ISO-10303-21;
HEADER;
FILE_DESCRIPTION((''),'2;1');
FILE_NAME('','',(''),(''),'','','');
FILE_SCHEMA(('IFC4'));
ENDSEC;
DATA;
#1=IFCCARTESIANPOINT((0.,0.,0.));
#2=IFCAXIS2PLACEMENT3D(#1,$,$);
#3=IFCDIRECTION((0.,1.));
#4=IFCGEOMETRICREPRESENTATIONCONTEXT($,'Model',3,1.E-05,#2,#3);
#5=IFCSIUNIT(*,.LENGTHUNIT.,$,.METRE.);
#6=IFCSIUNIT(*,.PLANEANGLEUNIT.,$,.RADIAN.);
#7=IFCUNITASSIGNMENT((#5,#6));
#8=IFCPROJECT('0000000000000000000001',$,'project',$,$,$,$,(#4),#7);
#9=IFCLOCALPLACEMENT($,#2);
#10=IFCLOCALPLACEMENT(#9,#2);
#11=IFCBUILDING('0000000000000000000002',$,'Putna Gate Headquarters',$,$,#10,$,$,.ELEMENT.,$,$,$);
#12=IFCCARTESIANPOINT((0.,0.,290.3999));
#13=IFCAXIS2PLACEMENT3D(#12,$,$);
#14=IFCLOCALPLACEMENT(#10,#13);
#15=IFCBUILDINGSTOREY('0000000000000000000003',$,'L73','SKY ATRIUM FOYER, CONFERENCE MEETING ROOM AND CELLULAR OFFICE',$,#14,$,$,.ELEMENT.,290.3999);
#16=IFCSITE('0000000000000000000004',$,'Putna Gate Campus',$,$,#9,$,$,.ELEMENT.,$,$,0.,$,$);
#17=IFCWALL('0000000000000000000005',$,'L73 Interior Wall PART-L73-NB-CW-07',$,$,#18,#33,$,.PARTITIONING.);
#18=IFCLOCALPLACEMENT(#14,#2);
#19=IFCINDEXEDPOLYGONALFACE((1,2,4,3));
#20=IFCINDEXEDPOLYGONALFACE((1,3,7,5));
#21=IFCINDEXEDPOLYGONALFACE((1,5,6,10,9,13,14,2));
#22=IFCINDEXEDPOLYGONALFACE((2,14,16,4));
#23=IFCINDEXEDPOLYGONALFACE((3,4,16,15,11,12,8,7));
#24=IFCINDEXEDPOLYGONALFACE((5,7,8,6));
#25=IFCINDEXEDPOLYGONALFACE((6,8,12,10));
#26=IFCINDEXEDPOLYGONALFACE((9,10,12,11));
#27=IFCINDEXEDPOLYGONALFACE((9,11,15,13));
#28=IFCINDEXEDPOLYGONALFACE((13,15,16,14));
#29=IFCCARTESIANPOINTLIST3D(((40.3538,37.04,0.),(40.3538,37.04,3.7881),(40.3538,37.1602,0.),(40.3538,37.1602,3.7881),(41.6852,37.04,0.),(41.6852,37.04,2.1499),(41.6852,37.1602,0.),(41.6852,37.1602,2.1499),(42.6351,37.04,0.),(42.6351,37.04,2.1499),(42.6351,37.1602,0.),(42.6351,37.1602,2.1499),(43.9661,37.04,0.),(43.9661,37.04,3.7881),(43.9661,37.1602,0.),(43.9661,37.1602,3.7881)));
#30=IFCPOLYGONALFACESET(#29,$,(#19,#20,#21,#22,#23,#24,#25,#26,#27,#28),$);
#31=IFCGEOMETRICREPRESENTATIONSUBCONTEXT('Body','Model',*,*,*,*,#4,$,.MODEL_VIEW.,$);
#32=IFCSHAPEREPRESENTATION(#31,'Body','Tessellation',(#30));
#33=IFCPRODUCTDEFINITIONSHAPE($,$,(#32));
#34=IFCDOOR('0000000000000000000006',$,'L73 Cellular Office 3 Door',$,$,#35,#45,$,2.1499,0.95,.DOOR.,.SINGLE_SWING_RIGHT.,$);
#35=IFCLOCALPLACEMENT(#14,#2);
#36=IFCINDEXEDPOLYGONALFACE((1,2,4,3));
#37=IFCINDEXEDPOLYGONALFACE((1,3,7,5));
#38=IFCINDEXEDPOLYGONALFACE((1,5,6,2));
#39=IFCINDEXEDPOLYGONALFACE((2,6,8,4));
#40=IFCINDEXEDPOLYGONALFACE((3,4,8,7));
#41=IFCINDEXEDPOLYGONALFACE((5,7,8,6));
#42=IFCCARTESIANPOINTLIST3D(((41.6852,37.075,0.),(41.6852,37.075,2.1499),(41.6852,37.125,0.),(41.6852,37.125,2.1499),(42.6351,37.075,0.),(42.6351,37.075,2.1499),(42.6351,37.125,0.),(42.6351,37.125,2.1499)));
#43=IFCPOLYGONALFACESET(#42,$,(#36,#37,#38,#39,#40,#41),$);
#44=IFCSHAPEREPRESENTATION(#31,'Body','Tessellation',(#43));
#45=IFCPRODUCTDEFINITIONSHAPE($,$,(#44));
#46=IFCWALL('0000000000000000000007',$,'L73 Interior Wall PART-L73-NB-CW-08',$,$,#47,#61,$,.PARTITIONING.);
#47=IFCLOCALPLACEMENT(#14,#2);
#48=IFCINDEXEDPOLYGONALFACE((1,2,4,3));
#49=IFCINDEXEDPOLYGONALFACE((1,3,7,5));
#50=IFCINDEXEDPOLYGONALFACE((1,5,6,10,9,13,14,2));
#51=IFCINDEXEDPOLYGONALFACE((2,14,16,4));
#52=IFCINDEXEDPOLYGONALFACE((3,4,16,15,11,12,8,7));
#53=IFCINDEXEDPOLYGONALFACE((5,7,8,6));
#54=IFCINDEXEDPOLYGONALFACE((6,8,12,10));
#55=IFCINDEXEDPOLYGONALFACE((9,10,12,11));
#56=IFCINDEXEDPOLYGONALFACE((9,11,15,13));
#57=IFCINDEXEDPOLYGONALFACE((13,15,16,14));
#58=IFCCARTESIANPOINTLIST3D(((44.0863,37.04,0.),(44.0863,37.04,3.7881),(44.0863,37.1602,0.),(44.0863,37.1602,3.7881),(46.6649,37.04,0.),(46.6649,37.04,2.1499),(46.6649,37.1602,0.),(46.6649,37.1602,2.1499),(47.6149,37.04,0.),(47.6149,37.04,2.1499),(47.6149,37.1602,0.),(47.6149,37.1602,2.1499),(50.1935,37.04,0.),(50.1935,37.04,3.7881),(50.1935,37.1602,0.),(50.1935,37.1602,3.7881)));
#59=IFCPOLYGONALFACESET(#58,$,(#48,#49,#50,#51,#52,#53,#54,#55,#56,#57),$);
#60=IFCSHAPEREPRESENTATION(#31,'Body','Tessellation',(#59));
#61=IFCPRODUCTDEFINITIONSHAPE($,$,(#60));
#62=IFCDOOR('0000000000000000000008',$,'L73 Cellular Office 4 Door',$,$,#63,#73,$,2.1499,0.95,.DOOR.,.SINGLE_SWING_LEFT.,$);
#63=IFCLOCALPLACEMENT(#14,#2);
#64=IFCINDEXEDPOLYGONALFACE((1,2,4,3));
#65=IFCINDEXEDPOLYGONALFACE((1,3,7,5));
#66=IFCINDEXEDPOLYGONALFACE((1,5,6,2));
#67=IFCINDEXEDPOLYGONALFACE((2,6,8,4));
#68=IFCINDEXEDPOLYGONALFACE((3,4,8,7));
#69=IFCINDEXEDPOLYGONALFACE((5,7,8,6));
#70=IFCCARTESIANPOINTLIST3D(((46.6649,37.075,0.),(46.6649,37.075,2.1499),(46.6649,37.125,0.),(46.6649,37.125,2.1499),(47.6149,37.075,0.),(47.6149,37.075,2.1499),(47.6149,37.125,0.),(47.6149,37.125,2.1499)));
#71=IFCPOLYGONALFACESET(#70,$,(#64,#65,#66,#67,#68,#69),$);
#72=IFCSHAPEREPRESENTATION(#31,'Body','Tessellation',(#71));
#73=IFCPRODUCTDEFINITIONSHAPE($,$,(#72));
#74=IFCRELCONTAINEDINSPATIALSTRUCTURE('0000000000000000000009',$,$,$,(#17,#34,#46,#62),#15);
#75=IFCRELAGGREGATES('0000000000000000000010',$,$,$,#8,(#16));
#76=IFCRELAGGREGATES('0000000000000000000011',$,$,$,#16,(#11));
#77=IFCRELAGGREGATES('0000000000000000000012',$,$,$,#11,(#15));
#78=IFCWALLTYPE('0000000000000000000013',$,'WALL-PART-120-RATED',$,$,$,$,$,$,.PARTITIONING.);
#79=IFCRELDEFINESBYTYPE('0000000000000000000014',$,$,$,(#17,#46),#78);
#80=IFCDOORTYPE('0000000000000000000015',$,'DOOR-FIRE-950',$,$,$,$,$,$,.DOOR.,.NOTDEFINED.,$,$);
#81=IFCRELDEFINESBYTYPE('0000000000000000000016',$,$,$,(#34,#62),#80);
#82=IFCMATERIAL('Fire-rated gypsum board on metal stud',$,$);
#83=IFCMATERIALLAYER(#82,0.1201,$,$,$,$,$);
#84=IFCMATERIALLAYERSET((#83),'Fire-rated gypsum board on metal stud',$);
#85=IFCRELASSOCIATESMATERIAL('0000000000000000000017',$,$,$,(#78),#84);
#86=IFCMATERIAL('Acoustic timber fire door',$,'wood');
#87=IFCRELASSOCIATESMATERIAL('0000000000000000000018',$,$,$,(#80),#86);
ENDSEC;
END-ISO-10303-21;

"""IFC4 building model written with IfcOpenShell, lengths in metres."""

from ifc_helpers import new_model, si_unit, direction, frame, frame_2d, origin, place, context, subcontext, project, spatial, rectangle, extrude, material, layer, layer_set, type_object, element, fill, save


model = new_model("IFC4")

# Units and contexts
model_context = context("Model", 3, precision=1e-05, world=origin(), true_north=direction((0.0, 1.0)))
body_context = subcontext(model_context, "Body", "Model", "MODEL_VIEW")
ifc_project = project(units=[si_unit("LENGTHUNIT", "METRE"), si_unit("PLANEANGLEUNIT", "RADIAN")], contexts=[model_context])

# Site, building, storey
site_placement = place(None, origin())
site = spatial("IfcSite", under=ifc_project, at=site_placement, Name="Putna Gate Campus", CompositionType="ELEMENT", RefElevation=0.0)
building_placement = place(site_placement, origin())
building = spatial("IfcBuilding", under=site, at=building_placement, Name="Putna Gate Headquarters", CompositionType="ELEMENT")
storey_placement = place(building_placement, frame((0.0, 0.0, 290.3999)))
storey = spatial("IfcBuildingStorey", under=building, at=storey_placement, Name="L73", Description="SKY ATRIUM FOYER, CONFERENCE MEETING ROOM AND CELLULAR OFFICE", CompositionType="ELEMENT", Elevation=290.3999)

# Walls, openings, doors
ifc_material_1 = material(Name="Fire-rated gypsum board on metal stud")
ifc_layer_1 = layer(ifc_material_1, 0.1201)
ifc_layer_set_1 = layer_set([ifc_layer_1], Name="Fire-rated gypsum board on metal stud")
wall_type_1 = type_object("IfcWallType", Name="WALL-PART-120-RATED", PredefinedType="PARTITIONING", material=ifc_layer_set_1)
wall_1_placement = place(storey_placement, frame((40.3538, 37.1001, 0.0), z_axis=(0.0, 0.0, 1.0), x_axis=(1.0, 0.0, 0.0)))
wall_1 = element("IfcWall", 1, at=wall_1_placement, inside=storey, type_object=wall_type_1, Name="L73 Interior Wall PART-L73-NB-CW-07", PredefinedType="PARTITIONING", context=body_context, shape_type="SweptSolid", body=[
    extrude(rectangle(XDim=3.6123, YDim=0.1201, at=frame_2d((1.8062, 0.0))), origin(), (0.0, 0.0, 1.0), 3.7881),
])
opening_1_placement = place(wall_1_placement, frame((1.3313, 0.0, 0.0)))
opening_1 = element("IfcOpeningElement", 2, at=opening_1_placement, cuts=wall_1, PredefinedType="OPENING", context=body_context, shape_type="SweptSolid", body=[
    extrude(rectangle(XDim=0.95, YDim=2.1499, at=frame_2d((0.4751, 1.075))), frame((0.0, 0.0701, 0.0), z_axis=(0.0, -1.0, 0.0), x_axis=(1.0, 0.0, 0.0)), (0.0, 0.0, 1.0), 0.1401),
])
ifc_material_2 = material(Name="Acoustic timber fire door", Category="wood")
door_type_1 = type_object("IfcDoorType", Name="DOOR-FIRE-950", OperationType="NOTDEFINED", PredefinedType="DOOR", material=ifc_material_2)
door_1_placement = place(opening_1_placement, origin())
door_1 = element("IfcDoor", 3, at=door_1_placement, inside=storey, type_object=door_type_1, Name="L73 Cellular Office 3 Door", OperationType="SINGLE_SWING_RIGHT", OverallHeight=2.1499, OverallWidth=0.95, PredefinedType="DOOR", context=body_context, shape_type="SweptSolid", body=[
    extrude(rectangle(XDim=0.95, YDim=2.1499, at=frame_2d((0.4751, 1.075))), frame((0.0, 0.0249, 0.0), z_axis=(0.0, -1.0, 0.0), x_axis=(1.0, 0.0, 0.0)), (0.0, 0.0, 1.0), 0.05),
])
fill(opening_1, door_1)
wall_2_placement = place(storey_placement, frame((44.0862, 37.1001, 0.0), z_axis=(0.0, 0.0, 1.0), x_axis=(1.0, 0.0, 0.0)))
wall_2 = element("IfcWall", 4, at=wall_2_placement, inside=storey, type_object=wall_type_1, Name="L73 Interior Wall PART-L73-NB-CW-08", PredefinedType="PARTITIONING", context=body_context, shape_type="SweptSolid", body=[
    extrude(rectangle(XDim=6.1072, YDim=0.1201, at=frame_2d((3.0537, 0.0))), origin(), (0.0, 0.0, 1.0), 3.7881),
])
opening_2_placement = place(wall_2_placement, frame((2.5786, 0.0, 0.0)))
opening_2 = element("IfcOpeningElement", 5, at=opening_2_placement, cuts=wall_2, PredefinedType="OPENING", context=body_context, shape_type="SweptSolid", body=[
    extrude(rectangle(XDim=0.95, YDim=2.1499, at=frame_2d((0.4751, 1.075))), frame((0.0, 0.0701, 0.0), z_axis=(0.0, -1.0, 0.0), x_axis=(1.0, 0.0, 0.0)), (0.0, 0.0, 1.0), 0.1401),
])
door_2_placement = place(opening_2_placement, origin())
door_2 = element("IfcDoor", 6, at=door_2_placement, inside=storey, type_object=door_type_1, Name="L73 Cellular Office 4 Door", OperationType="SINGLE_SWING_LEFT", OverallHeight=2.1499, OverallWidth=0.95, PredefinedType="DOOR", context=body_context, shape_type="SweptSolid", body=[
    extrude(rectangle(XDim=0.95, YDim=2.1499, at=frame_2d((0.4751, 1.075))), frame((0.0, 0.0249, 0.0), z_axis=(0.0, -1.0, 0.0), x_axis=(1.0, 0.0, 0.0)), (0.0, 0.0, 1.0), 0.05),
])
fill(opening_2, door_2)

save(model, "model.ifc")
